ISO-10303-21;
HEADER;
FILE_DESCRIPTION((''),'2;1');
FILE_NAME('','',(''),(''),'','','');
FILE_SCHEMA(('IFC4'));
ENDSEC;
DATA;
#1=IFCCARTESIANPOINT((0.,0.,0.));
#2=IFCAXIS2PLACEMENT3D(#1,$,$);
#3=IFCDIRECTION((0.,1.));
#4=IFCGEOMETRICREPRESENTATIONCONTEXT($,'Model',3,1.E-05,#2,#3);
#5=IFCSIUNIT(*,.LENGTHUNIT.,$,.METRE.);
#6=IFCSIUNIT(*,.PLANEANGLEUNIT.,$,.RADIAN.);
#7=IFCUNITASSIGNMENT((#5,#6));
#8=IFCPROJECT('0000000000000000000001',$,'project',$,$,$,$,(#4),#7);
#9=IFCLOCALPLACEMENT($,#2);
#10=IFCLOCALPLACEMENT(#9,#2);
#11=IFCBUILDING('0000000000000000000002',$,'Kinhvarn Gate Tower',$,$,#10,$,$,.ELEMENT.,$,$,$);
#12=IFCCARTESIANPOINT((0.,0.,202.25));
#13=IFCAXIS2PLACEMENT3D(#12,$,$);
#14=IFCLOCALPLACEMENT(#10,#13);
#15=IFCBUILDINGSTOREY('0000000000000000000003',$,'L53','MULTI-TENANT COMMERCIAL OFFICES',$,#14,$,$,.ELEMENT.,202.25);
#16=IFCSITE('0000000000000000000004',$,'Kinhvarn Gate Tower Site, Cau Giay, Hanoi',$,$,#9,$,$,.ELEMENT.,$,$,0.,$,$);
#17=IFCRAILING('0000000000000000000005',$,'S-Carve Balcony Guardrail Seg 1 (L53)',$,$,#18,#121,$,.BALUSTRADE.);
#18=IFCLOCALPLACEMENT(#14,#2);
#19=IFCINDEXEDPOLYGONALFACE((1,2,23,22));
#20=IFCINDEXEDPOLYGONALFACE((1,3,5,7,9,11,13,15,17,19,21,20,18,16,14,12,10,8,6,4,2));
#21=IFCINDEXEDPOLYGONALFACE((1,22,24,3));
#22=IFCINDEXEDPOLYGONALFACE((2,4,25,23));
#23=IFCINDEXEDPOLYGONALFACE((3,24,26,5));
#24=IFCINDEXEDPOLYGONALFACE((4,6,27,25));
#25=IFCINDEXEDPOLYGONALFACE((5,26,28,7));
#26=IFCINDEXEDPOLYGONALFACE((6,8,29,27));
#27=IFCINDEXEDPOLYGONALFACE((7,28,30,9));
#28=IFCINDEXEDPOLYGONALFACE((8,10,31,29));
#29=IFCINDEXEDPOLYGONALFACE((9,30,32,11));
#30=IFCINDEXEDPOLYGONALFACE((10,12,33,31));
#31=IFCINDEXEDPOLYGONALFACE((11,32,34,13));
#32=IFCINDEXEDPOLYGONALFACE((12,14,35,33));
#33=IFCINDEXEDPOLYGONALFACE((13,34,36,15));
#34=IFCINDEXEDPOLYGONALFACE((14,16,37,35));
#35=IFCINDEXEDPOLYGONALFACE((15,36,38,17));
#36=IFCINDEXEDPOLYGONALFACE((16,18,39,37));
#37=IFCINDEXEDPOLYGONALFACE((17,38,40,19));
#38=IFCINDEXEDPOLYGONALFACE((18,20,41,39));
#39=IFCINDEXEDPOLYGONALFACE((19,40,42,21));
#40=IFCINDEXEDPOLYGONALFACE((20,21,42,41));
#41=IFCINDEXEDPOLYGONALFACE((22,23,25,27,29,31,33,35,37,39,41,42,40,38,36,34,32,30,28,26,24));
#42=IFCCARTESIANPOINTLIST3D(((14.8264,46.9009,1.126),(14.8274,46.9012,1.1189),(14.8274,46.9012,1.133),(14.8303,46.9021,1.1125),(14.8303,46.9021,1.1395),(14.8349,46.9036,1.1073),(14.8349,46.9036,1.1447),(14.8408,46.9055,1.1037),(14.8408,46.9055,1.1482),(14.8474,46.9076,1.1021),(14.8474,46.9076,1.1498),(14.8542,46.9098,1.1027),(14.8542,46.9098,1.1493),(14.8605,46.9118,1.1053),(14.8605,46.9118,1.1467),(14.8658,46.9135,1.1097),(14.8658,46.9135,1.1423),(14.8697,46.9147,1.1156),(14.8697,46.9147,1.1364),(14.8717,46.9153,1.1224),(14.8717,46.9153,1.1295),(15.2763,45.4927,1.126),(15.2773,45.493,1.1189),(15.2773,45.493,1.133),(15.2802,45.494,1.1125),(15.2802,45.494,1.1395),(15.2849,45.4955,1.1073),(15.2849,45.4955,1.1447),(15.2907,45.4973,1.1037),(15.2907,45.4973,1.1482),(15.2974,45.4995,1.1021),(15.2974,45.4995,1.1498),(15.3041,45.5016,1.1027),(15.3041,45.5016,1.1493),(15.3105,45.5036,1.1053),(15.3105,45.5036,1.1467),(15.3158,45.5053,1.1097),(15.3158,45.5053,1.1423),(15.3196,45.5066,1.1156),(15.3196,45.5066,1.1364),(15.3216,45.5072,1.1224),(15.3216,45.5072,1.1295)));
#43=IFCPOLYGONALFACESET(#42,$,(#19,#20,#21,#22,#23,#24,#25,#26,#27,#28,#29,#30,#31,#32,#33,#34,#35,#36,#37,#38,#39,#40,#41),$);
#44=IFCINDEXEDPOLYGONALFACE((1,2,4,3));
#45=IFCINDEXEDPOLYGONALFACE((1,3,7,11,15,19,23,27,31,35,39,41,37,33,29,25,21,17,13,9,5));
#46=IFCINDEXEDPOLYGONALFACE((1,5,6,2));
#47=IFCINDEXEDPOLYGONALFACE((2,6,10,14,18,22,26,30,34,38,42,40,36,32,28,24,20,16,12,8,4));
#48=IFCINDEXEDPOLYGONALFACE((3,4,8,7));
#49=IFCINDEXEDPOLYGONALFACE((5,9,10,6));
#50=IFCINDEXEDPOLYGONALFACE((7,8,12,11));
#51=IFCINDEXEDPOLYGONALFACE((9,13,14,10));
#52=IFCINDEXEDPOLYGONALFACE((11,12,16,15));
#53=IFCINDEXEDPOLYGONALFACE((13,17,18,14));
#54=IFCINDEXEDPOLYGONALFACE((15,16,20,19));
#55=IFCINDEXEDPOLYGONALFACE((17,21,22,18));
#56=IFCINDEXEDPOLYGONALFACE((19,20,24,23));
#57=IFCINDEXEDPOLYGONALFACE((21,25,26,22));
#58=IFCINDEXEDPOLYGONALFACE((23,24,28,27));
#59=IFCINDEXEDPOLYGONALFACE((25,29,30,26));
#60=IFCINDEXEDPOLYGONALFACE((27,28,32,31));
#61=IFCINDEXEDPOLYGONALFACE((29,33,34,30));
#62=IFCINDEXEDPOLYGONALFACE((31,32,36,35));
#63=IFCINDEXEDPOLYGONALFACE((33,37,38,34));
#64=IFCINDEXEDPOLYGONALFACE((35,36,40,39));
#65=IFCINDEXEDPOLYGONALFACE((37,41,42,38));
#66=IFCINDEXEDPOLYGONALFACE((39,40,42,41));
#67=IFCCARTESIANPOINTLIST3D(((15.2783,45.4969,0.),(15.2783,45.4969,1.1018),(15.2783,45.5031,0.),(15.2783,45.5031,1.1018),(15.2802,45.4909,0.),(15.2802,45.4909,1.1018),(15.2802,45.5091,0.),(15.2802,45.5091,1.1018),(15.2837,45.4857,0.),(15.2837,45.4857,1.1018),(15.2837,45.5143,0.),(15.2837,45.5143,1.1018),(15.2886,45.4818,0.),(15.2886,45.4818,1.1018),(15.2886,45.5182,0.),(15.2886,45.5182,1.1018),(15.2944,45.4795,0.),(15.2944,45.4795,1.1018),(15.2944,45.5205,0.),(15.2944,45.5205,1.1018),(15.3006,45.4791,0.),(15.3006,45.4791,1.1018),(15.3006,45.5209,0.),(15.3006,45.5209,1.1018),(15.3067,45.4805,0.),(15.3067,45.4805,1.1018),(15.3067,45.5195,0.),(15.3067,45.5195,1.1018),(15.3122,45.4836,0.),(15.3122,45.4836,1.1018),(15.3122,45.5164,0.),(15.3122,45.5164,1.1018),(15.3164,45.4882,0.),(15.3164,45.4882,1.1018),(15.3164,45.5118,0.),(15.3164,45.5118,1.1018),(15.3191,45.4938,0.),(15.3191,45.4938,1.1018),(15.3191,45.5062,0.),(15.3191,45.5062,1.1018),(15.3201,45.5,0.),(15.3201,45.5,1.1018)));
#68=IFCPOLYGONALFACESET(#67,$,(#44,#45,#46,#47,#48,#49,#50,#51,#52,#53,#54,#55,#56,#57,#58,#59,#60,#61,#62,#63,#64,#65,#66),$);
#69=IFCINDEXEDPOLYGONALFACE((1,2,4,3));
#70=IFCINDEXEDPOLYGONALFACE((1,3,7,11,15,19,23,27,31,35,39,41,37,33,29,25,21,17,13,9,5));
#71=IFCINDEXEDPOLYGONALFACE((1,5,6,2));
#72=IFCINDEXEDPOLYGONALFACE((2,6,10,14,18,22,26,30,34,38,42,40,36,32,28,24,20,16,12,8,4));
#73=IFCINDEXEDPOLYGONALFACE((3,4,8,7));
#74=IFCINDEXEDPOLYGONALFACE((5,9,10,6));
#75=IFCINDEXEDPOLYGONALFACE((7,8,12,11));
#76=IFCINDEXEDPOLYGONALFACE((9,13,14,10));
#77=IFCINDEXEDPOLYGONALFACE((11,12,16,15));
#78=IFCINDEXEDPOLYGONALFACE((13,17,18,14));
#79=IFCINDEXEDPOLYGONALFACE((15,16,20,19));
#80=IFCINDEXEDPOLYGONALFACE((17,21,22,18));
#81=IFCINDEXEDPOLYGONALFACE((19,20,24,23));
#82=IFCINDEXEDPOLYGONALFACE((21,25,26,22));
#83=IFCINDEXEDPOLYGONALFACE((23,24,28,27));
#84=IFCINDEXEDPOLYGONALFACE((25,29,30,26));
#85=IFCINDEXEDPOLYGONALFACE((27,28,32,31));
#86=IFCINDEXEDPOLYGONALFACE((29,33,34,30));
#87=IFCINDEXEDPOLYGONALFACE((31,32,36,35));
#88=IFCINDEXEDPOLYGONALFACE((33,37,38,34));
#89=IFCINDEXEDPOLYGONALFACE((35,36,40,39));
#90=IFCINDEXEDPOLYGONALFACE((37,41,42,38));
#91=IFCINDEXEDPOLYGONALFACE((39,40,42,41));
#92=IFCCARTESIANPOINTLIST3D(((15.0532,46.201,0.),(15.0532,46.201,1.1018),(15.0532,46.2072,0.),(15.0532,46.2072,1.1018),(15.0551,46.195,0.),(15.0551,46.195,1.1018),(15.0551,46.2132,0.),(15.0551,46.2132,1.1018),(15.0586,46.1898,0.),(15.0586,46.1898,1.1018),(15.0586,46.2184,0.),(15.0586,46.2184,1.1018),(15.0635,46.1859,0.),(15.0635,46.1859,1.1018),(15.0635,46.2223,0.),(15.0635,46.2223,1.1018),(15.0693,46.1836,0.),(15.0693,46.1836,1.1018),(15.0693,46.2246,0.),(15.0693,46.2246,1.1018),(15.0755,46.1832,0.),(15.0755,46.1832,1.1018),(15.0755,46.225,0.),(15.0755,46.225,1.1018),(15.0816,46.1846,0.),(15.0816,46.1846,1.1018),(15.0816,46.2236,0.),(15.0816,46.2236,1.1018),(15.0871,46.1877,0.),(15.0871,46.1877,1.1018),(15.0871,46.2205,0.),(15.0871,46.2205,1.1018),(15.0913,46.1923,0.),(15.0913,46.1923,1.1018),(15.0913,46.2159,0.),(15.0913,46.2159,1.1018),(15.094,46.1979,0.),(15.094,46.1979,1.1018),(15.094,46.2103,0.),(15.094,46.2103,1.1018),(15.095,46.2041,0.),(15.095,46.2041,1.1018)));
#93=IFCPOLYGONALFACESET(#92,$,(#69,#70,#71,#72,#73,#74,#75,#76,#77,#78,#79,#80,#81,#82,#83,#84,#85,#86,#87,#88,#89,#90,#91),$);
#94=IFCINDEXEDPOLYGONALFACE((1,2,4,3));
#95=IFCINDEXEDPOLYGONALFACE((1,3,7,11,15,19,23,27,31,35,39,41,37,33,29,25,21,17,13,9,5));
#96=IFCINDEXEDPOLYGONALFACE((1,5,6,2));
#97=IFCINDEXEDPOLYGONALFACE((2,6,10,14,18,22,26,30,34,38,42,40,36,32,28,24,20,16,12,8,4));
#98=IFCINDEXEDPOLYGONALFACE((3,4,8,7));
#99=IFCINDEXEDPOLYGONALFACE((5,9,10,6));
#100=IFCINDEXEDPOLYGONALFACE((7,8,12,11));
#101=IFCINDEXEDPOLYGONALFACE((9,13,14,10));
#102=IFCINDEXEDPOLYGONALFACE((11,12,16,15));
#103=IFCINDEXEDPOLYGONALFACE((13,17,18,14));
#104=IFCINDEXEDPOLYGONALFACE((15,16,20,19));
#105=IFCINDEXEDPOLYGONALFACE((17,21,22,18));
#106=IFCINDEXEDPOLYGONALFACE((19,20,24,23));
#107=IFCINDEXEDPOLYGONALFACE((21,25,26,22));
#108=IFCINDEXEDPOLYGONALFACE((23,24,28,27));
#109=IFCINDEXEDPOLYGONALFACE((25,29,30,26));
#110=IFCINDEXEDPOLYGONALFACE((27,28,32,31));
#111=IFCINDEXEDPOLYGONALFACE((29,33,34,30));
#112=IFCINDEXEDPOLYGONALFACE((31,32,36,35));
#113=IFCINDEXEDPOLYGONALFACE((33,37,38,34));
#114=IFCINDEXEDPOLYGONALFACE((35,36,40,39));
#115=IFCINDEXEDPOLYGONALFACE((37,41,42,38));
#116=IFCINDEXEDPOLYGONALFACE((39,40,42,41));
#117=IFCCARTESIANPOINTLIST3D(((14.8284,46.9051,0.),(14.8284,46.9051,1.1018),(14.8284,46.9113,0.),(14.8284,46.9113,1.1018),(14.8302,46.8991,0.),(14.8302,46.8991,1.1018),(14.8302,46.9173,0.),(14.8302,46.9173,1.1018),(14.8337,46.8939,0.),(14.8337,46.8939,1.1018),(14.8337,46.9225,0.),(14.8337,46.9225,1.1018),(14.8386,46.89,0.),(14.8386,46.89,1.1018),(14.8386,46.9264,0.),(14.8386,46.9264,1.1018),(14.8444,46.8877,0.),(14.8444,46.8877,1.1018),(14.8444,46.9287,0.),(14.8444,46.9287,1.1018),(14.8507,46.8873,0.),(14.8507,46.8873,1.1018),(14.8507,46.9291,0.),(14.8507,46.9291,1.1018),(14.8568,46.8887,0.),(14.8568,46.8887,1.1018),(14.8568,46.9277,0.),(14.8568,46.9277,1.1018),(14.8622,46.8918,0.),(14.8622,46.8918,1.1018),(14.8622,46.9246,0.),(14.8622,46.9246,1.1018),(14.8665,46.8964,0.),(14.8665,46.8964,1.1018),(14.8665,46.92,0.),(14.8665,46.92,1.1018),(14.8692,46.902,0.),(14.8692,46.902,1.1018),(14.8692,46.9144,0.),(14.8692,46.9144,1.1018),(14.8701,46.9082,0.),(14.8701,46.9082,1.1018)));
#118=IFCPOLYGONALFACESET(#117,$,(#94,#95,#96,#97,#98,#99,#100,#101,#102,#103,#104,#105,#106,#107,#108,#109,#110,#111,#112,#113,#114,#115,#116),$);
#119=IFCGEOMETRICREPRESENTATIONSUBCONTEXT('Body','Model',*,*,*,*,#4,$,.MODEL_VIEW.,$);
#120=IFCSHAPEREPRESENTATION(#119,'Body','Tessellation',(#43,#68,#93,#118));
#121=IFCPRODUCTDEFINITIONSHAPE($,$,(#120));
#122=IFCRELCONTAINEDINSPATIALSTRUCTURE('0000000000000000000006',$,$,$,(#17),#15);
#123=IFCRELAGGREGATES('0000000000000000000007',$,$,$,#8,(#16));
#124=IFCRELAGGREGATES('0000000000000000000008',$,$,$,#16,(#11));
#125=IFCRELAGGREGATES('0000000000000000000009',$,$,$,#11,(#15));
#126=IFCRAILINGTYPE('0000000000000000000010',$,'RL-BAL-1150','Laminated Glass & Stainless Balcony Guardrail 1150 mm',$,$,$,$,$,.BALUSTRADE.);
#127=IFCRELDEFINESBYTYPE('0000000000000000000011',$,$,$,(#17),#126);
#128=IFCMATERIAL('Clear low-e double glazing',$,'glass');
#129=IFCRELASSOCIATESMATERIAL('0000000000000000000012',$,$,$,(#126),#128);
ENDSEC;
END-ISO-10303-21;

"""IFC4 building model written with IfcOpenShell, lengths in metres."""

from ifc_helpers import new_model, si_unit, direction, frame, origin, origin_2d, place, context, subcontext, project, spatial, circle, extrude, material, type_object, element, save


model = new_model("IFC4")

# Units and contexts
model_context = context("Model", 3, precision=1e-05, world=origin(), true_north=direction((0.0, 1.0)))
body_context = subcontext(model_context, "Body", "Model", "MODEL_VIEW")
ifc_project = project(units=[si_unit("LENGTHUNIT", "METRE"), si_unit("PLANEANGLEUNIT", "RADIAN")], contexts=[model_context])

# Site, building, storey
site_placement = place(None, origin())
site = spatial("IfcSite", under=ifc_project, at=site_placement, Name="Kinhvarn Gate Tower Site, Cau Giay, Hanoi", CompositionType="ELEMENT", RefElevation=0.0)
building_placement = place(site_placement, origin())
building = spatial("IfcBuilding", under=site, at=building_placement, Name="Kinhvarn Gate Tower", CompositionType="ELEMENT")
storey_placement = place(building_placement, frame((0.0, 0.0, 202.25)))
storey = spatial("IfcBuildingStorey", under=building, at=storey_placement, Name="L53", Description="MULTI-TENANT COMMERCIAL OFFICES", CompositionType="ELEMENT", Elevation=202.25)

# Shared definitions
ifc_material_1 = material(Name="Clear low-e double glazing", Category="glass")

# Railing
railing_type_1 = type_object("IfcRailingType", Name="RL-BAL-1150", Description="Laminated Glass & Stainless Balcony Guardrail 1150 mm", PredefinedType="BALUSTRADE", material=ifc_material_1)
railing_1_placement = place(storey_placement, frame((15.2991, 45.5, 0.0)))
element("IfcRailing", 1, at=railing_1_placement, inside=storey, type_object=railing_type_1, Name="S-Carve Balcony Guardrail Seg 1 (L53)", PredefinedType="BALUSTRADE", context=body_context, shape_type="SweptSolid", body=[
    extrude(circle(Radius=0.0239, at=origin_2d()), frame((0.0, 0.0, 1.126), z_axis=(-0.304362, 0.952556, 0.0), x_axis=(-0.952556, -0.304362, 0.0)), (0.0, 0.0, 1.0), 1.4783),
    extrude(circle(Radius=0.021, at=origin_2d()), origin(), (0.0, 0.0, 1.0), 1.1018),
    extrude(circle(Radius=0.021, at=origin_2d()), frame((-0.2251, 0.7041, 0.0)), (0.0, 0.0, 1.0), 1.1018),
    extrude(circle(Radius=0.021, at=origin_2d()), frame((-0.45, 1.4082, 0.0)), (0.0, 0.0, 1.0), 1.1018),
])

save(model, "model.ifc")
